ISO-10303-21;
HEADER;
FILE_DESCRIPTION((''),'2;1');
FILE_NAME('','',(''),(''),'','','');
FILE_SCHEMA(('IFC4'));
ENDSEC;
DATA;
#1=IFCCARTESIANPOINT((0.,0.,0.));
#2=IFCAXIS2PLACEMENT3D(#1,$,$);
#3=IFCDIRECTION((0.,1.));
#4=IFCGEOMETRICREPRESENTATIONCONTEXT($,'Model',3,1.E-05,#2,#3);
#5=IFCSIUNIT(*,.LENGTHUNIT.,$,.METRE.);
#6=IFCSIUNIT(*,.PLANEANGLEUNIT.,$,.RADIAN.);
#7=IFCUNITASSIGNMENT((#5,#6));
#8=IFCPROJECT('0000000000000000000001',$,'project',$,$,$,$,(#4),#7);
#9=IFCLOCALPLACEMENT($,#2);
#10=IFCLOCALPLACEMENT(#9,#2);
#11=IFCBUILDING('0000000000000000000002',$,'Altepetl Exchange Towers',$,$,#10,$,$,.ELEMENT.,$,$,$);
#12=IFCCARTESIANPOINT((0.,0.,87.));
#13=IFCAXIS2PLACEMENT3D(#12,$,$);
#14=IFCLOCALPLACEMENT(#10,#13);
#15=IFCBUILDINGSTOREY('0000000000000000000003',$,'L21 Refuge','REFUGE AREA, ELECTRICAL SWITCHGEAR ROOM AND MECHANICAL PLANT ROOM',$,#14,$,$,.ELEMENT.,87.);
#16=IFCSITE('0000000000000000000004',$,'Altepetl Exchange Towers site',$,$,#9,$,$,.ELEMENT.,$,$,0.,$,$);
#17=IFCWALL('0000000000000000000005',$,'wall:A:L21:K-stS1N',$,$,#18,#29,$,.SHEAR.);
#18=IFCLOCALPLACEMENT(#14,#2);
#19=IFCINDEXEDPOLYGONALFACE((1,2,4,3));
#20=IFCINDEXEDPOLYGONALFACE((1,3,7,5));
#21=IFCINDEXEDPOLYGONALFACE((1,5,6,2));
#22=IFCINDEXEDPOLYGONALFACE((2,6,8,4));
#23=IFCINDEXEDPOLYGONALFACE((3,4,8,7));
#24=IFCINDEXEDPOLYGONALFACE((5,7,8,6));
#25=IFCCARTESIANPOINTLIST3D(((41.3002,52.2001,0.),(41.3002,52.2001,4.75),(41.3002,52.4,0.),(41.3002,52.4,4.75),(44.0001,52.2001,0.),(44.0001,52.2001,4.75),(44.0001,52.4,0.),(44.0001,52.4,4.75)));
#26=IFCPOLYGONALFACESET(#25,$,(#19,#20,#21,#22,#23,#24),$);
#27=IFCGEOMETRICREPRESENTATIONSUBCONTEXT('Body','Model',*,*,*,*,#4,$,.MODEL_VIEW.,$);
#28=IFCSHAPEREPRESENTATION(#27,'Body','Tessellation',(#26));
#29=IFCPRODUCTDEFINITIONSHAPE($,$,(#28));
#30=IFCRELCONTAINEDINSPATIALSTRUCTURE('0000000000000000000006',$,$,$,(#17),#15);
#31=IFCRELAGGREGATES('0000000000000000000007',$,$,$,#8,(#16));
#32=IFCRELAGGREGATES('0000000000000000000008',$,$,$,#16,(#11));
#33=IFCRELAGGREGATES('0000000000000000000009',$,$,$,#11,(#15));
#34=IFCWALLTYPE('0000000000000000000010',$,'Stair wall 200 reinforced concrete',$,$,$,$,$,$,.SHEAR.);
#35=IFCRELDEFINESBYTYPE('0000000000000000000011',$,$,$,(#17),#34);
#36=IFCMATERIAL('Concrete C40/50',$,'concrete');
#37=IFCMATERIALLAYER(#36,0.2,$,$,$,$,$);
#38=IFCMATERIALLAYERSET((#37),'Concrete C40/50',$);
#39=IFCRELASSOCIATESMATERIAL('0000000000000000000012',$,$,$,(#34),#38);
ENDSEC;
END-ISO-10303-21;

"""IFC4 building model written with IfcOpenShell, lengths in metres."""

from ifc_helpers import new_model, si_unit, direction, frame, frame_2d, origin, place, context, subcontext, project, spatial, rectangle, extrude, material, layer, layer_set, type_object, element, save


model = new_model("IFC4")

# Units and contexts
model_context = context("Model", 3, precision=1e-05, world=origin(), true_north=direction((0.0, 1.0)))
body_context = subcontext(model_context, "Body", "Model", "MODEL_VIEW")
ifc_project = project(units=[si_unit("LENGTHUNIT", "METRE"), si_unit("PLANEANGLEUNIT", "RADIAN")], contexts=[model_context])

# Site, building, storey
site_placement = place(None, origin())
site = spatial("IfcSite", under=ifc_project, at=site_placement, Name="Altepetl Exchange Towers site", CompositionType="ELEMENT", RefElevation=0.0)
building_placement = place(site_placement, origin())
building = spatial("IfcBuilding", under=site, at=building_placement, Name="Altepetl Exchange Towers", CompositionType="ELEMENT")
storey_placement = place(building_placement, frame((0.0, 0.0, 87.0)))
storey = spatial("IfcBuildingStorey", under=building, at=storey_placement, Name="L21 Refuge", Description="REFUGE AREA, ELECTRICAL SWITCHGEAR ROOM AND MECHANICAL PLANT ROOM", CompositionType="ELEMENT", Elevation=87.0)

# Shared definitions
ifc_material_1 = material(Name="Concrete C40/50", Category="concrete")

# Wall
ifc_layer_1 = layer(ifc_material_1, 0.2)
ifc_layer_set_1 = layer_set([ifc_layer_1], Name="Concrete C40/50")
wall_type_1 = type_object("IfcWallType", Name="Stair wall 200 reinforced concrete", PredefinedType="SHEAR", material=ifc_layer_set_1)
wall_1_placement = place(storey_placement, frame((41.3, 52.3, 0.0)))
element("IfcWall", 1, at=wall_1_placement, inside=storey, type_object=wall_type_1, Name="wall:A:L21:K-stS1N", PredefinedType="SHEAR", context=body_context, shape_type="SweptSolid", body=[
    extrude(rectangle(XDim=2.7, YDim=0.2, at=frame_2d((1.3501, 0.0))), origin(), (0.0, 0.0, 1.0), 4.75),
])

save(model, "model.ifc")
